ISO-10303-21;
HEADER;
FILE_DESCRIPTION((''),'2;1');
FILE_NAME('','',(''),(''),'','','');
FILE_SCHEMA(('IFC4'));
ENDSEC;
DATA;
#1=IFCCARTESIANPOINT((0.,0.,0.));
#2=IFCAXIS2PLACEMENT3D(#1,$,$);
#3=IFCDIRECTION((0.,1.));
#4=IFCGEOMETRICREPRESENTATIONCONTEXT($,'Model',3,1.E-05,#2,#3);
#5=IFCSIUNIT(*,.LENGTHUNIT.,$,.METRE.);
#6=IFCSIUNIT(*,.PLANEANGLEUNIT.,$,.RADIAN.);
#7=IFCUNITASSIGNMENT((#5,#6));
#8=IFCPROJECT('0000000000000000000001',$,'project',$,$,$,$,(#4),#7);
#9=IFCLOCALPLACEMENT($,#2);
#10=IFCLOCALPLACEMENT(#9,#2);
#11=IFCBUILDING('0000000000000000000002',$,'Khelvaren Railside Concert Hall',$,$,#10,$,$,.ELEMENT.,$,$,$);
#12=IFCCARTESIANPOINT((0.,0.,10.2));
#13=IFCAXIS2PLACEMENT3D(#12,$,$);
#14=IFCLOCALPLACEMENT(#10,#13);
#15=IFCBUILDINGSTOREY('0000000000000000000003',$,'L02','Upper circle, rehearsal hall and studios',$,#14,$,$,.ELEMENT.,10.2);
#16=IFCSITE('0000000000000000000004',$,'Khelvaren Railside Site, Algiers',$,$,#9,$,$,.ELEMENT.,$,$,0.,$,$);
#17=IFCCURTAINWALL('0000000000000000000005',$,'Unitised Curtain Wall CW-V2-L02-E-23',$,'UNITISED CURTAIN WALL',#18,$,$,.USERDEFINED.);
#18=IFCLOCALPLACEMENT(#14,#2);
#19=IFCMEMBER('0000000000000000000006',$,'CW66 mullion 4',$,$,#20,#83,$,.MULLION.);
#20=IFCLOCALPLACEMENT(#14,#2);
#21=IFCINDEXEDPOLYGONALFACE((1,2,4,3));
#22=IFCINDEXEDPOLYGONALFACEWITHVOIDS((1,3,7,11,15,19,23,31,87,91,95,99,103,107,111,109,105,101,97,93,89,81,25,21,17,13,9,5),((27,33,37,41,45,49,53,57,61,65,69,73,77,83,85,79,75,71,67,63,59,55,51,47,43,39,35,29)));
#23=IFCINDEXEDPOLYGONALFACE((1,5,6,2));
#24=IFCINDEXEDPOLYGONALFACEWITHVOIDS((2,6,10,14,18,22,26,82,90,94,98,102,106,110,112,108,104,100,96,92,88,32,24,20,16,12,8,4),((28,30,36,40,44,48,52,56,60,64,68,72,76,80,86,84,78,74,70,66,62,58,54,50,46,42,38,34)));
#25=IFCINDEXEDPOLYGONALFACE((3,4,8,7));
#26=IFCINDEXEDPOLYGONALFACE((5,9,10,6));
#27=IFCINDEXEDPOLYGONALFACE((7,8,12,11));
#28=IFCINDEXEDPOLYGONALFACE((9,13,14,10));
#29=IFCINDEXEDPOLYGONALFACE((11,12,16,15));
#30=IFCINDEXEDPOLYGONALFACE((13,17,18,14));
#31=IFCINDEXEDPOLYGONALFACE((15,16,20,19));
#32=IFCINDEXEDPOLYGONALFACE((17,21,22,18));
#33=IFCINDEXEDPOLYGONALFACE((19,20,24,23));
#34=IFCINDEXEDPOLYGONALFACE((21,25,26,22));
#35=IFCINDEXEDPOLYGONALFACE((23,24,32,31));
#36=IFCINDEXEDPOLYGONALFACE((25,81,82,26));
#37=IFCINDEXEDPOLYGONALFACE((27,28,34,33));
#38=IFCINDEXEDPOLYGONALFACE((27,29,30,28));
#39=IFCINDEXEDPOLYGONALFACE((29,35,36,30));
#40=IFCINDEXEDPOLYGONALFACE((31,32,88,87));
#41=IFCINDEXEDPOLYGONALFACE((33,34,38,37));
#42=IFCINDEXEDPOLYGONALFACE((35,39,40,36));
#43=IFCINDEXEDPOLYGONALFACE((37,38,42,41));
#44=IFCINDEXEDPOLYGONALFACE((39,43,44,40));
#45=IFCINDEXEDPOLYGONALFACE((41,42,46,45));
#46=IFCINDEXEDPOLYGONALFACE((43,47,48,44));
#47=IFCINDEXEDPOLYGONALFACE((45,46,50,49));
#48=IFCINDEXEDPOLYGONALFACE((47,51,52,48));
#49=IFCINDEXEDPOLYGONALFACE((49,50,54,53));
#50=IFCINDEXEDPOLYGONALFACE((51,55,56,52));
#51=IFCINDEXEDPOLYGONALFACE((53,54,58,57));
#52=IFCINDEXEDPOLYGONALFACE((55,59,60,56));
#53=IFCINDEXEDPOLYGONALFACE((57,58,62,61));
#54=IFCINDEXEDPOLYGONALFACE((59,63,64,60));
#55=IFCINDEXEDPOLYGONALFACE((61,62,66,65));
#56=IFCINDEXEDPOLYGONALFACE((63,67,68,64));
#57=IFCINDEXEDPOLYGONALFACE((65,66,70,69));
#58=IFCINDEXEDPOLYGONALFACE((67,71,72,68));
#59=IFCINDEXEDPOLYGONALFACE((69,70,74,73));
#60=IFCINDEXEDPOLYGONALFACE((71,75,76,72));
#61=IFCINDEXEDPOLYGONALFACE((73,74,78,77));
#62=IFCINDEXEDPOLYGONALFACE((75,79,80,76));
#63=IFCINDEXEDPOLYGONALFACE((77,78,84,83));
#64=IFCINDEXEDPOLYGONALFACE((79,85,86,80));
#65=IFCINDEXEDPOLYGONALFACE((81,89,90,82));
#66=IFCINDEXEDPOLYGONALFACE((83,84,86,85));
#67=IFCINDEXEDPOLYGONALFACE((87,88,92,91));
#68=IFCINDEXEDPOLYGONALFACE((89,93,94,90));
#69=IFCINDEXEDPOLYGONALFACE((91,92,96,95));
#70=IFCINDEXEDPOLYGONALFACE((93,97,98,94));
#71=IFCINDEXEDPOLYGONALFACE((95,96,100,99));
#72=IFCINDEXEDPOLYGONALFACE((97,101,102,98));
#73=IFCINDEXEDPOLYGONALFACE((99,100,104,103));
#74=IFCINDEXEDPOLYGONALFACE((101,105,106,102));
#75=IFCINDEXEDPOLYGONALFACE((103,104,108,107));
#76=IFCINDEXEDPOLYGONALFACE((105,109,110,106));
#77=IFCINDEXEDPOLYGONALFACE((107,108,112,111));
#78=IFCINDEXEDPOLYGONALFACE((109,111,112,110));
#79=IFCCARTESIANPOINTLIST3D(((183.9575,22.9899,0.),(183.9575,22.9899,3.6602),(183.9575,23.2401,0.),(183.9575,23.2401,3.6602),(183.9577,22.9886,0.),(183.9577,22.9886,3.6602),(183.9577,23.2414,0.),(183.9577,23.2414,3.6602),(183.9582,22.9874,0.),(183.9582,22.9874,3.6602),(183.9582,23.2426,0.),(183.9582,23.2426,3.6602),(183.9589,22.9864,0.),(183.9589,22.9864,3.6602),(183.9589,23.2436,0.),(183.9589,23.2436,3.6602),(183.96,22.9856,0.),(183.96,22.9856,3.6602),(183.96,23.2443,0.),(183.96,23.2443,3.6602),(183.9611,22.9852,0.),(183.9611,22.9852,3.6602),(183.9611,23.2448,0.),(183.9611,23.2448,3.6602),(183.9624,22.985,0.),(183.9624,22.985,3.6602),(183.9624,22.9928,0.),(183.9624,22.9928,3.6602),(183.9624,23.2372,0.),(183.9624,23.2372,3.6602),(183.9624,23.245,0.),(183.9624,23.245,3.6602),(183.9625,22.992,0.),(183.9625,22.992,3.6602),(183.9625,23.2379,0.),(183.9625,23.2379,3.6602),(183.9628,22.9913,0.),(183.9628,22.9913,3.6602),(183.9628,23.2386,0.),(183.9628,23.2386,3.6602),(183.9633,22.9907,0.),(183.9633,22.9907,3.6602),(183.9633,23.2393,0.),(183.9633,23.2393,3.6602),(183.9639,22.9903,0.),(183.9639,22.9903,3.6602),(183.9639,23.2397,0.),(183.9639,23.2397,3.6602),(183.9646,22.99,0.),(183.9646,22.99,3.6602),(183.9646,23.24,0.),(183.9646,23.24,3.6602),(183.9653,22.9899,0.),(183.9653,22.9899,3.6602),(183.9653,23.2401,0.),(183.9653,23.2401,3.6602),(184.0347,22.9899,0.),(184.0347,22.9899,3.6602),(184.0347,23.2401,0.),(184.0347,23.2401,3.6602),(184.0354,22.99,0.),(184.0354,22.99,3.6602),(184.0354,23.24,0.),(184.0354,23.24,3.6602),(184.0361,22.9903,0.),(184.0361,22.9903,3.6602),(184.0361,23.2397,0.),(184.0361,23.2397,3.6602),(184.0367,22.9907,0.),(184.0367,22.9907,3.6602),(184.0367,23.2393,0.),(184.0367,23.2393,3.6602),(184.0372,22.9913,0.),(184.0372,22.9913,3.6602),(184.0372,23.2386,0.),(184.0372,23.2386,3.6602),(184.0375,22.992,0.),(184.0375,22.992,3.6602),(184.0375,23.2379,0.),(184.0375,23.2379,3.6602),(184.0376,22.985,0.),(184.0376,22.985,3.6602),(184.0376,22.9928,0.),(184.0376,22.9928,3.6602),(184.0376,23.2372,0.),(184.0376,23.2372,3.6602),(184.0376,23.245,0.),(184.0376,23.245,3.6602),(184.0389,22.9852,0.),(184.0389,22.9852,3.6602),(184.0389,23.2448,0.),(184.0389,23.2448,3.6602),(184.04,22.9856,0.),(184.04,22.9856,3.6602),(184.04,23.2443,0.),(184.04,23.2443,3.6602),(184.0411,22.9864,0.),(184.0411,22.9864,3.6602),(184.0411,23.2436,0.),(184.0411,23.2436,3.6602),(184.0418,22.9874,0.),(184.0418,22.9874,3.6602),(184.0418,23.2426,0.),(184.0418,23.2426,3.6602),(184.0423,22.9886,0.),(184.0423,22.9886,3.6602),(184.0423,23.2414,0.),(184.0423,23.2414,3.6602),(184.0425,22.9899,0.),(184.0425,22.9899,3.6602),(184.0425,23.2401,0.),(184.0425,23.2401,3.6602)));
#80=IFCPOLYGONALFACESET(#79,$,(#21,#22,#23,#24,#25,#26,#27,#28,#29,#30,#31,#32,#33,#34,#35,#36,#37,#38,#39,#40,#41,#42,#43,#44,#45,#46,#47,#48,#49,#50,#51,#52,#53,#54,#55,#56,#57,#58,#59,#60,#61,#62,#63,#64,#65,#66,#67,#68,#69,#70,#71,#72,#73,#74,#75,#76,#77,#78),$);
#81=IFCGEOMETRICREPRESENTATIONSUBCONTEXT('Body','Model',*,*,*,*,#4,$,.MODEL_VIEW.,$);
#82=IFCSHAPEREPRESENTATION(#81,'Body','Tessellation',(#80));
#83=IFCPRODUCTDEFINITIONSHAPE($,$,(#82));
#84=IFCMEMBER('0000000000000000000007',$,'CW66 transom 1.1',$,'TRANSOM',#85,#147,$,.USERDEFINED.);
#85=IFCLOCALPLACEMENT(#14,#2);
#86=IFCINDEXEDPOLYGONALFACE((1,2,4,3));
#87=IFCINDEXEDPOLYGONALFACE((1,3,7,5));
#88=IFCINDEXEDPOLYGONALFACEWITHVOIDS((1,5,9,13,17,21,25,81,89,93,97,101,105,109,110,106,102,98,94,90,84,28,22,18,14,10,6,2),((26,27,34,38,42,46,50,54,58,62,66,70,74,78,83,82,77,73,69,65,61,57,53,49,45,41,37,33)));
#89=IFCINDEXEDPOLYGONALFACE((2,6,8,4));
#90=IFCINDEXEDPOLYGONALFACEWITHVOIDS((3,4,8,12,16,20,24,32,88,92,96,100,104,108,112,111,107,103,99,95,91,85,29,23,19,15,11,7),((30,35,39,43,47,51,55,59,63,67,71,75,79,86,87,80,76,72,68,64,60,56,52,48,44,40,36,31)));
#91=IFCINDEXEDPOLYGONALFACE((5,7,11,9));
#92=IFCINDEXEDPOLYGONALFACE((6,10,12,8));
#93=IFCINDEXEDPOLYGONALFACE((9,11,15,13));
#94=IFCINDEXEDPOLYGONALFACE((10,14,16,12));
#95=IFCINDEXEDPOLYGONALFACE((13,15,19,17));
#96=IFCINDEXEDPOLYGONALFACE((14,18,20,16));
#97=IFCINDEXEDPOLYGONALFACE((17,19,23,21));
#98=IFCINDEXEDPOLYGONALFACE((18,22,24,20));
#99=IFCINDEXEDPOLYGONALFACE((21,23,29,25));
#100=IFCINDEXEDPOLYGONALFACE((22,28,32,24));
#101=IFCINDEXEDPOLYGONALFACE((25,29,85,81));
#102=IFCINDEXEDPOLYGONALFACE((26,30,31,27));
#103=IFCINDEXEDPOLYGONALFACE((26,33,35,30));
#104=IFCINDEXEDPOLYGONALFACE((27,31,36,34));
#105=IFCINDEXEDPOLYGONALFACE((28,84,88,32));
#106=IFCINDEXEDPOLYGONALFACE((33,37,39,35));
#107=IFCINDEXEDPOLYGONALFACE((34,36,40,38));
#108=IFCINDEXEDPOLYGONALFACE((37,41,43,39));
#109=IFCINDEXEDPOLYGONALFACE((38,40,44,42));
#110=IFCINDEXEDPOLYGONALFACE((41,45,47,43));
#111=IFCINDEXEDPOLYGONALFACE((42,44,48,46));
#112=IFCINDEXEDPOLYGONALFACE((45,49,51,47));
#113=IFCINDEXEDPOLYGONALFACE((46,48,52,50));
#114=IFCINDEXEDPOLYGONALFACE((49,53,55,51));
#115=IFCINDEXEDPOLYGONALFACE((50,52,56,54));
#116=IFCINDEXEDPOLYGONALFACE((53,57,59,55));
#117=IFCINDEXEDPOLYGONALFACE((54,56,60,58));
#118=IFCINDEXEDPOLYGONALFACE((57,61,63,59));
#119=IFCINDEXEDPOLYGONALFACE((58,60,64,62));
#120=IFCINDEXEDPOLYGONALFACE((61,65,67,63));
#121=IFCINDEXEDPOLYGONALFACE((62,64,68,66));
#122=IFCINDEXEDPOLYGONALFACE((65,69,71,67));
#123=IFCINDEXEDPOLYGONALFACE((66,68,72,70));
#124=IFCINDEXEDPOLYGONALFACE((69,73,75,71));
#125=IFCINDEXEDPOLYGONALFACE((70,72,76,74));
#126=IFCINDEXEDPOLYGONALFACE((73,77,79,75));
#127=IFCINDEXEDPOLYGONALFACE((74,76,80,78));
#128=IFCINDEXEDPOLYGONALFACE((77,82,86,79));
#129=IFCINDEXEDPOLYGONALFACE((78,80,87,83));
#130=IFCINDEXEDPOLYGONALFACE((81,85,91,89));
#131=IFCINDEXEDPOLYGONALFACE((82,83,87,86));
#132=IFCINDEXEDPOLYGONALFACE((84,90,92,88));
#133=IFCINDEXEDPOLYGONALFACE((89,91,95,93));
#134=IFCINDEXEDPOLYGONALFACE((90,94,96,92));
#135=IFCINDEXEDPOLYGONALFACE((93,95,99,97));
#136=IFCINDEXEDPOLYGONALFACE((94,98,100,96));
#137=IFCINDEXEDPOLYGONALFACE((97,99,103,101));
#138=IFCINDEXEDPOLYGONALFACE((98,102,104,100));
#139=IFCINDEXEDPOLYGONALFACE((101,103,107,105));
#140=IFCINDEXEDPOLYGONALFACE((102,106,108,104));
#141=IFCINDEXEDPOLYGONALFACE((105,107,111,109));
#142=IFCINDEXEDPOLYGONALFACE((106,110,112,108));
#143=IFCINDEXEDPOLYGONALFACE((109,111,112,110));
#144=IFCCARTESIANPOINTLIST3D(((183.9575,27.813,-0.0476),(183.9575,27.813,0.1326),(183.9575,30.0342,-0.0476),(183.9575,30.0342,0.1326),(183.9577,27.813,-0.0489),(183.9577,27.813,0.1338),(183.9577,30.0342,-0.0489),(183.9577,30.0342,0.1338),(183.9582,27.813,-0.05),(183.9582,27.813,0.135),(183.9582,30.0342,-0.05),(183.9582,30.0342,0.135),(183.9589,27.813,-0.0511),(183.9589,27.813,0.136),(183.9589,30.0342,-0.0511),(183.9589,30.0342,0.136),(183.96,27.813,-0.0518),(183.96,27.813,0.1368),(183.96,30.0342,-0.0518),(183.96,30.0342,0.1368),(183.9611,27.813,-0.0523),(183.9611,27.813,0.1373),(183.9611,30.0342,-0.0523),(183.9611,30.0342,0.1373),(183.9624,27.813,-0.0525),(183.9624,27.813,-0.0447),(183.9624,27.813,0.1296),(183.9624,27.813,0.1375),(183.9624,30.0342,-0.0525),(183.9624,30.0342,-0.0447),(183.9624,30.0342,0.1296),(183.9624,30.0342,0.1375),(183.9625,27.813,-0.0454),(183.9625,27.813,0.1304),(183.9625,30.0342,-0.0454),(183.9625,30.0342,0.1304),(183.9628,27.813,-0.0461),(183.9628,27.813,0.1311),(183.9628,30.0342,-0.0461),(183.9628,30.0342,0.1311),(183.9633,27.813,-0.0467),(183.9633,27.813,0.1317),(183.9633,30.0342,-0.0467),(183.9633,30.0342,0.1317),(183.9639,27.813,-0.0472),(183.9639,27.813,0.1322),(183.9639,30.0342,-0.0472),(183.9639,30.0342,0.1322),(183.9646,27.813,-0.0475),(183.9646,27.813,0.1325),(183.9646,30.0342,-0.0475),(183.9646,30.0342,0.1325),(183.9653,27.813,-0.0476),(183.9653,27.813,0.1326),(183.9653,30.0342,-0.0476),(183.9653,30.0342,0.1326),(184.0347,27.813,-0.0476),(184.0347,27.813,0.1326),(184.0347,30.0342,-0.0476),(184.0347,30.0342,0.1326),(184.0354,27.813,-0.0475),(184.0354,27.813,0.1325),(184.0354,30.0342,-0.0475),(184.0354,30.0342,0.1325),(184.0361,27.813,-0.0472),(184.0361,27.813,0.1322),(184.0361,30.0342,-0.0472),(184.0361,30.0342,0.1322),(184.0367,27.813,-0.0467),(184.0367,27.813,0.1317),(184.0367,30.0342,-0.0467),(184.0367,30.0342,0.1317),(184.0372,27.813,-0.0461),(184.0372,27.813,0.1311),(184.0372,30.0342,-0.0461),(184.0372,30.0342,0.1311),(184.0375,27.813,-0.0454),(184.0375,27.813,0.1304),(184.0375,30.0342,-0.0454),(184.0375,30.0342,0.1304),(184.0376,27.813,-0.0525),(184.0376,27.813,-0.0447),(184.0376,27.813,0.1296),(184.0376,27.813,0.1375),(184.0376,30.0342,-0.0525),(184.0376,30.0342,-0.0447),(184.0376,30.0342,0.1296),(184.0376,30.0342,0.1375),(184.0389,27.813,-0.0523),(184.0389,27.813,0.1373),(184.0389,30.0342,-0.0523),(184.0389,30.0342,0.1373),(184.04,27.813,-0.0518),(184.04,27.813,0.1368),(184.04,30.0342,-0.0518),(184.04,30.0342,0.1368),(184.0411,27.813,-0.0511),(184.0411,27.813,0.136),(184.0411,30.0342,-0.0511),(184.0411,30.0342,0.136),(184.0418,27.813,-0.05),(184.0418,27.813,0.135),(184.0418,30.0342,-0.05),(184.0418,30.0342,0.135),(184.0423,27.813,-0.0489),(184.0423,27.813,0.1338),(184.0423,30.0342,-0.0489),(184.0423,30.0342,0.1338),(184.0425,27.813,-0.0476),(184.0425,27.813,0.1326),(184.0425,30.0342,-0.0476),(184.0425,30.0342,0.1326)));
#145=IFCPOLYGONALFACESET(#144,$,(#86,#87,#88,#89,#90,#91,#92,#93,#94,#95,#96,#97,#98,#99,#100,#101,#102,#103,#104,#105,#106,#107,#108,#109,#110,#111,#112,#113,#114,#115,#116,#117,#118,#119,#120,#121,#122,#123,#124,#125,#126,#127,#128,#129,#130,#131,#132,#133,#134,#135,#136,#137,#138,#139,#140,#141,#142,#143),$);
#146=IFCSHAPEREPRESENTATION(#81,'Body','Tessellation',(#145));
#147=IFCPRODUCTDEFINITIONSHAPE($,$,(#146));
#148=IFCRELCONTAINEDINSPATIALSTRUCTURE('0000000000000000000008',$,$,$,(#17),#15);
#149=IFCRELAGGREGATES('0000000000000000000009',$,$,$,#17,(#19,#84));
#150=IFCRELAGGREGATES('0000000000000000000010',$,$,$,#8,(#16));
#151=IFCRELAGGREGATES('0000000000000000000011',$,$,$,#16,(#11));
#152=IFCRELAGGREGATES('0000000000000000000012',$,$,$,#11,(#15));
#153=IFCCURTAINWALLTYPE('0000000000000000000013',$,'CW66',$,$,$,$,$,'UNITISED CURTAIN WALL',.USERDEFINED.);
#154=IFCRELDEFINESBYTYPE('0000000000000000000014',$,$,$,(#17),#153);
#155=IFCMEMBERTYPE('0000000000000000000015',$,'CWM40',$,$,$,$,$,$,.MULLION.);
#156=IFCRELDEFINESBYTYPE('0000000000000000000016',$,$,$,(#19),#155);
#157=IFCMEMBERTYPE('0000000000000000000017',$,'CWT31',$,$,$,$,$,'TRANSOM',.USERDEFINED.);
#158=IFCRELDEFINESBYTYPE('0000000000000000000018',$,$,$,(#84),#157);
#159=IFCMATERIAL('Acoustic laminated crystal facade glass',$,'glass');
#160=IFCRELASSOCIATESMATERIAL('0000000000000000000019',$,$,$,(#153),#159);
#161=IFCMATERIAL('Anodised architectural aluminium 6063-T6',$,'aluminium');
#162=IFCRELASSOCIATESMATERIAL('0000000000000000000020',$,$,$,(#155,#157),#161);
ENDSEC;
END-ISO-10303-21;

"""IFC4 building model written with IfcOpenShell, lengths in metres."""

from ifc_helpers import new_model, si_unit, direction, frame, origin, origin_2d, place, context, subcontext, project, spatial, hollow_rectangle, extrude, material, material_profile, profile_set, type_object, element, aggregate, save


model = new_model("IFC4")

# Units and contexts
model_context = context("Model", 3, precision=1e-05, world=origin(), true_north=direction((0.0, 1.0)))
body_context = subcontext(model_context, "Body", "Model", "MODEL_VIEW")
ifc_project = project(units=[si_unit("LENGTHUNIT", "METRE"), si_unit("PLANEANGLEUNIT", "RADIAN")], contexts=[model_context])

# Site, building, storey
site_placement = place(None, origin())
site = spatial("IfcSite", under=ifc_project, at=site_placement, Name="Khelvaren Railside Site, Algiers", CompositionType="ELEMENT", RefElevation=0.0)
building_placement = place(site_placement, origin())
building = spatial("IfcBuilding", under=site, at=building_placement, Name="Khelvaren Railside Concert Hall", CompositionType="ELEMENT")
storey_placement = place(building_placement, frame((0.0, 0.0, 10.2)))
storey = spatial("IfcBuildingStorey", under=building, at=storey_placement, Name="L02", Description="Upper circle, rehearsal hall and studios", CompositionType="ELEMENT", Elevation=10.2)

# Curtain wall, members
ifc_material_1 = material(Name="Acoustic laminated crystal facade glass", Category="glass")
curtain_wall_type = type_object("IfcCurtainWallType", Name="CW66", ElementType="UNITISED CURTAIN WALL", PredefinedType="USERDEFINED", material=ifc_material_1)
curtain_wall_placement = place(storey_placement, origin())
curtain_wall = element("IfcCurtainWall", 1, at=curtain_wall_placement, inside=storey, type_object=curtain_wall_type, Name="Unitised Curtain Wall CW-V2-L02-E-23", ObjectType="UNITISED CURTAIN WALL", PredefinedType="USERDEFINED")
ifc_material_2 = material(Name="Anodised architectural aluminium 6063-T6", Category="aluminium")
ifc_material_profile_1 = material_profile(ifc_material_2, hollow_rectangle(XDim=0.085, YDim=0.26, WallThickness=0.0049, InnerFilletRadius=0.0029, OuterFilletRadius=0.0049, at=origin_2d()), Name="CWM 85x260x5")
ifc_profile_set_1 = profile_set([ifc_material_profile_1], Name="Anodised architectural aluminium 6063-T6")
member_type_1 = type_object("IfcMemberType", Name="CWM40", PredefinedType="MULLION", material=ifc_profile_set_1)
member_1_placement = place(storey_placement, frame((184.0, 23.115, 0.0), z_axis=(0.0, 0.0, 1.0), x_axis=(1.0, 0.0, 0.0)))
member_1 = element("IfcMember", 2, at=member_1_placement, type_object=member_type_1, Name="CW66 mullion 4", PredefinedType="MULLION", context=body_context, shape_type="SweptSolid", body=[
    extrude(hollow_rectangle(XDim=0.085, YDim=0.26, WallThickness=0.0049, InnerFilletRadius=0.0029, OuterFilletRadius=0.0049, at=origin_2d()), origin(), (0.0, 0.0, 1.0), 3.6602),
])
ifc_material_profile_2 = material_profile(ifc_material_2, hollow_rectangle(XDim=0.085, YDim=0.1899, WallThickness=0.0049, InnerFilletRadius=0.0029, OuterFilletRadius=0.0049, at=origin_2d()), Name="CWT 85x190x5")
ifc_profile_set_2 = profile_set([ifc_material_profile_2], Name="Anodised architectural aluminium 6063-T6")
member_type_2 = type_object("IfcMemberType", Name="CWT31", ElementType="TRANSOM", PredefinedType="USERDEFINED", material=ifc_profile_set_2)
member_2_placement = place(storey_placement, frame((184.0, 30.0342, 0.0425), z_axis=(0.0, -1.0, 0.0), x_axis=(1.0, 0.0, 0.0)))
member_2 = element("IfcMember", 3, at=member_2_placement, type_object=member_type_2, Name="CW66 transom 1.1", ObjectType="TRANSOM", PredefinedType="USERDEFINED", context=body_context, shape_type="SweptSolid", body=[
    extrude(hollow_rectangle(XDim=0.085, YDim=0.1899, WallThickness=0.0049, InnerFilletRadius=0.0029, OuterFilletRadius=0.0049, at=origin_2d()), origin(), (0.0, 0.0, 1.0), 2.2212),
])

aggregate(curtain_wall, [member_1, member_2])

save(model, "model.ifc")
